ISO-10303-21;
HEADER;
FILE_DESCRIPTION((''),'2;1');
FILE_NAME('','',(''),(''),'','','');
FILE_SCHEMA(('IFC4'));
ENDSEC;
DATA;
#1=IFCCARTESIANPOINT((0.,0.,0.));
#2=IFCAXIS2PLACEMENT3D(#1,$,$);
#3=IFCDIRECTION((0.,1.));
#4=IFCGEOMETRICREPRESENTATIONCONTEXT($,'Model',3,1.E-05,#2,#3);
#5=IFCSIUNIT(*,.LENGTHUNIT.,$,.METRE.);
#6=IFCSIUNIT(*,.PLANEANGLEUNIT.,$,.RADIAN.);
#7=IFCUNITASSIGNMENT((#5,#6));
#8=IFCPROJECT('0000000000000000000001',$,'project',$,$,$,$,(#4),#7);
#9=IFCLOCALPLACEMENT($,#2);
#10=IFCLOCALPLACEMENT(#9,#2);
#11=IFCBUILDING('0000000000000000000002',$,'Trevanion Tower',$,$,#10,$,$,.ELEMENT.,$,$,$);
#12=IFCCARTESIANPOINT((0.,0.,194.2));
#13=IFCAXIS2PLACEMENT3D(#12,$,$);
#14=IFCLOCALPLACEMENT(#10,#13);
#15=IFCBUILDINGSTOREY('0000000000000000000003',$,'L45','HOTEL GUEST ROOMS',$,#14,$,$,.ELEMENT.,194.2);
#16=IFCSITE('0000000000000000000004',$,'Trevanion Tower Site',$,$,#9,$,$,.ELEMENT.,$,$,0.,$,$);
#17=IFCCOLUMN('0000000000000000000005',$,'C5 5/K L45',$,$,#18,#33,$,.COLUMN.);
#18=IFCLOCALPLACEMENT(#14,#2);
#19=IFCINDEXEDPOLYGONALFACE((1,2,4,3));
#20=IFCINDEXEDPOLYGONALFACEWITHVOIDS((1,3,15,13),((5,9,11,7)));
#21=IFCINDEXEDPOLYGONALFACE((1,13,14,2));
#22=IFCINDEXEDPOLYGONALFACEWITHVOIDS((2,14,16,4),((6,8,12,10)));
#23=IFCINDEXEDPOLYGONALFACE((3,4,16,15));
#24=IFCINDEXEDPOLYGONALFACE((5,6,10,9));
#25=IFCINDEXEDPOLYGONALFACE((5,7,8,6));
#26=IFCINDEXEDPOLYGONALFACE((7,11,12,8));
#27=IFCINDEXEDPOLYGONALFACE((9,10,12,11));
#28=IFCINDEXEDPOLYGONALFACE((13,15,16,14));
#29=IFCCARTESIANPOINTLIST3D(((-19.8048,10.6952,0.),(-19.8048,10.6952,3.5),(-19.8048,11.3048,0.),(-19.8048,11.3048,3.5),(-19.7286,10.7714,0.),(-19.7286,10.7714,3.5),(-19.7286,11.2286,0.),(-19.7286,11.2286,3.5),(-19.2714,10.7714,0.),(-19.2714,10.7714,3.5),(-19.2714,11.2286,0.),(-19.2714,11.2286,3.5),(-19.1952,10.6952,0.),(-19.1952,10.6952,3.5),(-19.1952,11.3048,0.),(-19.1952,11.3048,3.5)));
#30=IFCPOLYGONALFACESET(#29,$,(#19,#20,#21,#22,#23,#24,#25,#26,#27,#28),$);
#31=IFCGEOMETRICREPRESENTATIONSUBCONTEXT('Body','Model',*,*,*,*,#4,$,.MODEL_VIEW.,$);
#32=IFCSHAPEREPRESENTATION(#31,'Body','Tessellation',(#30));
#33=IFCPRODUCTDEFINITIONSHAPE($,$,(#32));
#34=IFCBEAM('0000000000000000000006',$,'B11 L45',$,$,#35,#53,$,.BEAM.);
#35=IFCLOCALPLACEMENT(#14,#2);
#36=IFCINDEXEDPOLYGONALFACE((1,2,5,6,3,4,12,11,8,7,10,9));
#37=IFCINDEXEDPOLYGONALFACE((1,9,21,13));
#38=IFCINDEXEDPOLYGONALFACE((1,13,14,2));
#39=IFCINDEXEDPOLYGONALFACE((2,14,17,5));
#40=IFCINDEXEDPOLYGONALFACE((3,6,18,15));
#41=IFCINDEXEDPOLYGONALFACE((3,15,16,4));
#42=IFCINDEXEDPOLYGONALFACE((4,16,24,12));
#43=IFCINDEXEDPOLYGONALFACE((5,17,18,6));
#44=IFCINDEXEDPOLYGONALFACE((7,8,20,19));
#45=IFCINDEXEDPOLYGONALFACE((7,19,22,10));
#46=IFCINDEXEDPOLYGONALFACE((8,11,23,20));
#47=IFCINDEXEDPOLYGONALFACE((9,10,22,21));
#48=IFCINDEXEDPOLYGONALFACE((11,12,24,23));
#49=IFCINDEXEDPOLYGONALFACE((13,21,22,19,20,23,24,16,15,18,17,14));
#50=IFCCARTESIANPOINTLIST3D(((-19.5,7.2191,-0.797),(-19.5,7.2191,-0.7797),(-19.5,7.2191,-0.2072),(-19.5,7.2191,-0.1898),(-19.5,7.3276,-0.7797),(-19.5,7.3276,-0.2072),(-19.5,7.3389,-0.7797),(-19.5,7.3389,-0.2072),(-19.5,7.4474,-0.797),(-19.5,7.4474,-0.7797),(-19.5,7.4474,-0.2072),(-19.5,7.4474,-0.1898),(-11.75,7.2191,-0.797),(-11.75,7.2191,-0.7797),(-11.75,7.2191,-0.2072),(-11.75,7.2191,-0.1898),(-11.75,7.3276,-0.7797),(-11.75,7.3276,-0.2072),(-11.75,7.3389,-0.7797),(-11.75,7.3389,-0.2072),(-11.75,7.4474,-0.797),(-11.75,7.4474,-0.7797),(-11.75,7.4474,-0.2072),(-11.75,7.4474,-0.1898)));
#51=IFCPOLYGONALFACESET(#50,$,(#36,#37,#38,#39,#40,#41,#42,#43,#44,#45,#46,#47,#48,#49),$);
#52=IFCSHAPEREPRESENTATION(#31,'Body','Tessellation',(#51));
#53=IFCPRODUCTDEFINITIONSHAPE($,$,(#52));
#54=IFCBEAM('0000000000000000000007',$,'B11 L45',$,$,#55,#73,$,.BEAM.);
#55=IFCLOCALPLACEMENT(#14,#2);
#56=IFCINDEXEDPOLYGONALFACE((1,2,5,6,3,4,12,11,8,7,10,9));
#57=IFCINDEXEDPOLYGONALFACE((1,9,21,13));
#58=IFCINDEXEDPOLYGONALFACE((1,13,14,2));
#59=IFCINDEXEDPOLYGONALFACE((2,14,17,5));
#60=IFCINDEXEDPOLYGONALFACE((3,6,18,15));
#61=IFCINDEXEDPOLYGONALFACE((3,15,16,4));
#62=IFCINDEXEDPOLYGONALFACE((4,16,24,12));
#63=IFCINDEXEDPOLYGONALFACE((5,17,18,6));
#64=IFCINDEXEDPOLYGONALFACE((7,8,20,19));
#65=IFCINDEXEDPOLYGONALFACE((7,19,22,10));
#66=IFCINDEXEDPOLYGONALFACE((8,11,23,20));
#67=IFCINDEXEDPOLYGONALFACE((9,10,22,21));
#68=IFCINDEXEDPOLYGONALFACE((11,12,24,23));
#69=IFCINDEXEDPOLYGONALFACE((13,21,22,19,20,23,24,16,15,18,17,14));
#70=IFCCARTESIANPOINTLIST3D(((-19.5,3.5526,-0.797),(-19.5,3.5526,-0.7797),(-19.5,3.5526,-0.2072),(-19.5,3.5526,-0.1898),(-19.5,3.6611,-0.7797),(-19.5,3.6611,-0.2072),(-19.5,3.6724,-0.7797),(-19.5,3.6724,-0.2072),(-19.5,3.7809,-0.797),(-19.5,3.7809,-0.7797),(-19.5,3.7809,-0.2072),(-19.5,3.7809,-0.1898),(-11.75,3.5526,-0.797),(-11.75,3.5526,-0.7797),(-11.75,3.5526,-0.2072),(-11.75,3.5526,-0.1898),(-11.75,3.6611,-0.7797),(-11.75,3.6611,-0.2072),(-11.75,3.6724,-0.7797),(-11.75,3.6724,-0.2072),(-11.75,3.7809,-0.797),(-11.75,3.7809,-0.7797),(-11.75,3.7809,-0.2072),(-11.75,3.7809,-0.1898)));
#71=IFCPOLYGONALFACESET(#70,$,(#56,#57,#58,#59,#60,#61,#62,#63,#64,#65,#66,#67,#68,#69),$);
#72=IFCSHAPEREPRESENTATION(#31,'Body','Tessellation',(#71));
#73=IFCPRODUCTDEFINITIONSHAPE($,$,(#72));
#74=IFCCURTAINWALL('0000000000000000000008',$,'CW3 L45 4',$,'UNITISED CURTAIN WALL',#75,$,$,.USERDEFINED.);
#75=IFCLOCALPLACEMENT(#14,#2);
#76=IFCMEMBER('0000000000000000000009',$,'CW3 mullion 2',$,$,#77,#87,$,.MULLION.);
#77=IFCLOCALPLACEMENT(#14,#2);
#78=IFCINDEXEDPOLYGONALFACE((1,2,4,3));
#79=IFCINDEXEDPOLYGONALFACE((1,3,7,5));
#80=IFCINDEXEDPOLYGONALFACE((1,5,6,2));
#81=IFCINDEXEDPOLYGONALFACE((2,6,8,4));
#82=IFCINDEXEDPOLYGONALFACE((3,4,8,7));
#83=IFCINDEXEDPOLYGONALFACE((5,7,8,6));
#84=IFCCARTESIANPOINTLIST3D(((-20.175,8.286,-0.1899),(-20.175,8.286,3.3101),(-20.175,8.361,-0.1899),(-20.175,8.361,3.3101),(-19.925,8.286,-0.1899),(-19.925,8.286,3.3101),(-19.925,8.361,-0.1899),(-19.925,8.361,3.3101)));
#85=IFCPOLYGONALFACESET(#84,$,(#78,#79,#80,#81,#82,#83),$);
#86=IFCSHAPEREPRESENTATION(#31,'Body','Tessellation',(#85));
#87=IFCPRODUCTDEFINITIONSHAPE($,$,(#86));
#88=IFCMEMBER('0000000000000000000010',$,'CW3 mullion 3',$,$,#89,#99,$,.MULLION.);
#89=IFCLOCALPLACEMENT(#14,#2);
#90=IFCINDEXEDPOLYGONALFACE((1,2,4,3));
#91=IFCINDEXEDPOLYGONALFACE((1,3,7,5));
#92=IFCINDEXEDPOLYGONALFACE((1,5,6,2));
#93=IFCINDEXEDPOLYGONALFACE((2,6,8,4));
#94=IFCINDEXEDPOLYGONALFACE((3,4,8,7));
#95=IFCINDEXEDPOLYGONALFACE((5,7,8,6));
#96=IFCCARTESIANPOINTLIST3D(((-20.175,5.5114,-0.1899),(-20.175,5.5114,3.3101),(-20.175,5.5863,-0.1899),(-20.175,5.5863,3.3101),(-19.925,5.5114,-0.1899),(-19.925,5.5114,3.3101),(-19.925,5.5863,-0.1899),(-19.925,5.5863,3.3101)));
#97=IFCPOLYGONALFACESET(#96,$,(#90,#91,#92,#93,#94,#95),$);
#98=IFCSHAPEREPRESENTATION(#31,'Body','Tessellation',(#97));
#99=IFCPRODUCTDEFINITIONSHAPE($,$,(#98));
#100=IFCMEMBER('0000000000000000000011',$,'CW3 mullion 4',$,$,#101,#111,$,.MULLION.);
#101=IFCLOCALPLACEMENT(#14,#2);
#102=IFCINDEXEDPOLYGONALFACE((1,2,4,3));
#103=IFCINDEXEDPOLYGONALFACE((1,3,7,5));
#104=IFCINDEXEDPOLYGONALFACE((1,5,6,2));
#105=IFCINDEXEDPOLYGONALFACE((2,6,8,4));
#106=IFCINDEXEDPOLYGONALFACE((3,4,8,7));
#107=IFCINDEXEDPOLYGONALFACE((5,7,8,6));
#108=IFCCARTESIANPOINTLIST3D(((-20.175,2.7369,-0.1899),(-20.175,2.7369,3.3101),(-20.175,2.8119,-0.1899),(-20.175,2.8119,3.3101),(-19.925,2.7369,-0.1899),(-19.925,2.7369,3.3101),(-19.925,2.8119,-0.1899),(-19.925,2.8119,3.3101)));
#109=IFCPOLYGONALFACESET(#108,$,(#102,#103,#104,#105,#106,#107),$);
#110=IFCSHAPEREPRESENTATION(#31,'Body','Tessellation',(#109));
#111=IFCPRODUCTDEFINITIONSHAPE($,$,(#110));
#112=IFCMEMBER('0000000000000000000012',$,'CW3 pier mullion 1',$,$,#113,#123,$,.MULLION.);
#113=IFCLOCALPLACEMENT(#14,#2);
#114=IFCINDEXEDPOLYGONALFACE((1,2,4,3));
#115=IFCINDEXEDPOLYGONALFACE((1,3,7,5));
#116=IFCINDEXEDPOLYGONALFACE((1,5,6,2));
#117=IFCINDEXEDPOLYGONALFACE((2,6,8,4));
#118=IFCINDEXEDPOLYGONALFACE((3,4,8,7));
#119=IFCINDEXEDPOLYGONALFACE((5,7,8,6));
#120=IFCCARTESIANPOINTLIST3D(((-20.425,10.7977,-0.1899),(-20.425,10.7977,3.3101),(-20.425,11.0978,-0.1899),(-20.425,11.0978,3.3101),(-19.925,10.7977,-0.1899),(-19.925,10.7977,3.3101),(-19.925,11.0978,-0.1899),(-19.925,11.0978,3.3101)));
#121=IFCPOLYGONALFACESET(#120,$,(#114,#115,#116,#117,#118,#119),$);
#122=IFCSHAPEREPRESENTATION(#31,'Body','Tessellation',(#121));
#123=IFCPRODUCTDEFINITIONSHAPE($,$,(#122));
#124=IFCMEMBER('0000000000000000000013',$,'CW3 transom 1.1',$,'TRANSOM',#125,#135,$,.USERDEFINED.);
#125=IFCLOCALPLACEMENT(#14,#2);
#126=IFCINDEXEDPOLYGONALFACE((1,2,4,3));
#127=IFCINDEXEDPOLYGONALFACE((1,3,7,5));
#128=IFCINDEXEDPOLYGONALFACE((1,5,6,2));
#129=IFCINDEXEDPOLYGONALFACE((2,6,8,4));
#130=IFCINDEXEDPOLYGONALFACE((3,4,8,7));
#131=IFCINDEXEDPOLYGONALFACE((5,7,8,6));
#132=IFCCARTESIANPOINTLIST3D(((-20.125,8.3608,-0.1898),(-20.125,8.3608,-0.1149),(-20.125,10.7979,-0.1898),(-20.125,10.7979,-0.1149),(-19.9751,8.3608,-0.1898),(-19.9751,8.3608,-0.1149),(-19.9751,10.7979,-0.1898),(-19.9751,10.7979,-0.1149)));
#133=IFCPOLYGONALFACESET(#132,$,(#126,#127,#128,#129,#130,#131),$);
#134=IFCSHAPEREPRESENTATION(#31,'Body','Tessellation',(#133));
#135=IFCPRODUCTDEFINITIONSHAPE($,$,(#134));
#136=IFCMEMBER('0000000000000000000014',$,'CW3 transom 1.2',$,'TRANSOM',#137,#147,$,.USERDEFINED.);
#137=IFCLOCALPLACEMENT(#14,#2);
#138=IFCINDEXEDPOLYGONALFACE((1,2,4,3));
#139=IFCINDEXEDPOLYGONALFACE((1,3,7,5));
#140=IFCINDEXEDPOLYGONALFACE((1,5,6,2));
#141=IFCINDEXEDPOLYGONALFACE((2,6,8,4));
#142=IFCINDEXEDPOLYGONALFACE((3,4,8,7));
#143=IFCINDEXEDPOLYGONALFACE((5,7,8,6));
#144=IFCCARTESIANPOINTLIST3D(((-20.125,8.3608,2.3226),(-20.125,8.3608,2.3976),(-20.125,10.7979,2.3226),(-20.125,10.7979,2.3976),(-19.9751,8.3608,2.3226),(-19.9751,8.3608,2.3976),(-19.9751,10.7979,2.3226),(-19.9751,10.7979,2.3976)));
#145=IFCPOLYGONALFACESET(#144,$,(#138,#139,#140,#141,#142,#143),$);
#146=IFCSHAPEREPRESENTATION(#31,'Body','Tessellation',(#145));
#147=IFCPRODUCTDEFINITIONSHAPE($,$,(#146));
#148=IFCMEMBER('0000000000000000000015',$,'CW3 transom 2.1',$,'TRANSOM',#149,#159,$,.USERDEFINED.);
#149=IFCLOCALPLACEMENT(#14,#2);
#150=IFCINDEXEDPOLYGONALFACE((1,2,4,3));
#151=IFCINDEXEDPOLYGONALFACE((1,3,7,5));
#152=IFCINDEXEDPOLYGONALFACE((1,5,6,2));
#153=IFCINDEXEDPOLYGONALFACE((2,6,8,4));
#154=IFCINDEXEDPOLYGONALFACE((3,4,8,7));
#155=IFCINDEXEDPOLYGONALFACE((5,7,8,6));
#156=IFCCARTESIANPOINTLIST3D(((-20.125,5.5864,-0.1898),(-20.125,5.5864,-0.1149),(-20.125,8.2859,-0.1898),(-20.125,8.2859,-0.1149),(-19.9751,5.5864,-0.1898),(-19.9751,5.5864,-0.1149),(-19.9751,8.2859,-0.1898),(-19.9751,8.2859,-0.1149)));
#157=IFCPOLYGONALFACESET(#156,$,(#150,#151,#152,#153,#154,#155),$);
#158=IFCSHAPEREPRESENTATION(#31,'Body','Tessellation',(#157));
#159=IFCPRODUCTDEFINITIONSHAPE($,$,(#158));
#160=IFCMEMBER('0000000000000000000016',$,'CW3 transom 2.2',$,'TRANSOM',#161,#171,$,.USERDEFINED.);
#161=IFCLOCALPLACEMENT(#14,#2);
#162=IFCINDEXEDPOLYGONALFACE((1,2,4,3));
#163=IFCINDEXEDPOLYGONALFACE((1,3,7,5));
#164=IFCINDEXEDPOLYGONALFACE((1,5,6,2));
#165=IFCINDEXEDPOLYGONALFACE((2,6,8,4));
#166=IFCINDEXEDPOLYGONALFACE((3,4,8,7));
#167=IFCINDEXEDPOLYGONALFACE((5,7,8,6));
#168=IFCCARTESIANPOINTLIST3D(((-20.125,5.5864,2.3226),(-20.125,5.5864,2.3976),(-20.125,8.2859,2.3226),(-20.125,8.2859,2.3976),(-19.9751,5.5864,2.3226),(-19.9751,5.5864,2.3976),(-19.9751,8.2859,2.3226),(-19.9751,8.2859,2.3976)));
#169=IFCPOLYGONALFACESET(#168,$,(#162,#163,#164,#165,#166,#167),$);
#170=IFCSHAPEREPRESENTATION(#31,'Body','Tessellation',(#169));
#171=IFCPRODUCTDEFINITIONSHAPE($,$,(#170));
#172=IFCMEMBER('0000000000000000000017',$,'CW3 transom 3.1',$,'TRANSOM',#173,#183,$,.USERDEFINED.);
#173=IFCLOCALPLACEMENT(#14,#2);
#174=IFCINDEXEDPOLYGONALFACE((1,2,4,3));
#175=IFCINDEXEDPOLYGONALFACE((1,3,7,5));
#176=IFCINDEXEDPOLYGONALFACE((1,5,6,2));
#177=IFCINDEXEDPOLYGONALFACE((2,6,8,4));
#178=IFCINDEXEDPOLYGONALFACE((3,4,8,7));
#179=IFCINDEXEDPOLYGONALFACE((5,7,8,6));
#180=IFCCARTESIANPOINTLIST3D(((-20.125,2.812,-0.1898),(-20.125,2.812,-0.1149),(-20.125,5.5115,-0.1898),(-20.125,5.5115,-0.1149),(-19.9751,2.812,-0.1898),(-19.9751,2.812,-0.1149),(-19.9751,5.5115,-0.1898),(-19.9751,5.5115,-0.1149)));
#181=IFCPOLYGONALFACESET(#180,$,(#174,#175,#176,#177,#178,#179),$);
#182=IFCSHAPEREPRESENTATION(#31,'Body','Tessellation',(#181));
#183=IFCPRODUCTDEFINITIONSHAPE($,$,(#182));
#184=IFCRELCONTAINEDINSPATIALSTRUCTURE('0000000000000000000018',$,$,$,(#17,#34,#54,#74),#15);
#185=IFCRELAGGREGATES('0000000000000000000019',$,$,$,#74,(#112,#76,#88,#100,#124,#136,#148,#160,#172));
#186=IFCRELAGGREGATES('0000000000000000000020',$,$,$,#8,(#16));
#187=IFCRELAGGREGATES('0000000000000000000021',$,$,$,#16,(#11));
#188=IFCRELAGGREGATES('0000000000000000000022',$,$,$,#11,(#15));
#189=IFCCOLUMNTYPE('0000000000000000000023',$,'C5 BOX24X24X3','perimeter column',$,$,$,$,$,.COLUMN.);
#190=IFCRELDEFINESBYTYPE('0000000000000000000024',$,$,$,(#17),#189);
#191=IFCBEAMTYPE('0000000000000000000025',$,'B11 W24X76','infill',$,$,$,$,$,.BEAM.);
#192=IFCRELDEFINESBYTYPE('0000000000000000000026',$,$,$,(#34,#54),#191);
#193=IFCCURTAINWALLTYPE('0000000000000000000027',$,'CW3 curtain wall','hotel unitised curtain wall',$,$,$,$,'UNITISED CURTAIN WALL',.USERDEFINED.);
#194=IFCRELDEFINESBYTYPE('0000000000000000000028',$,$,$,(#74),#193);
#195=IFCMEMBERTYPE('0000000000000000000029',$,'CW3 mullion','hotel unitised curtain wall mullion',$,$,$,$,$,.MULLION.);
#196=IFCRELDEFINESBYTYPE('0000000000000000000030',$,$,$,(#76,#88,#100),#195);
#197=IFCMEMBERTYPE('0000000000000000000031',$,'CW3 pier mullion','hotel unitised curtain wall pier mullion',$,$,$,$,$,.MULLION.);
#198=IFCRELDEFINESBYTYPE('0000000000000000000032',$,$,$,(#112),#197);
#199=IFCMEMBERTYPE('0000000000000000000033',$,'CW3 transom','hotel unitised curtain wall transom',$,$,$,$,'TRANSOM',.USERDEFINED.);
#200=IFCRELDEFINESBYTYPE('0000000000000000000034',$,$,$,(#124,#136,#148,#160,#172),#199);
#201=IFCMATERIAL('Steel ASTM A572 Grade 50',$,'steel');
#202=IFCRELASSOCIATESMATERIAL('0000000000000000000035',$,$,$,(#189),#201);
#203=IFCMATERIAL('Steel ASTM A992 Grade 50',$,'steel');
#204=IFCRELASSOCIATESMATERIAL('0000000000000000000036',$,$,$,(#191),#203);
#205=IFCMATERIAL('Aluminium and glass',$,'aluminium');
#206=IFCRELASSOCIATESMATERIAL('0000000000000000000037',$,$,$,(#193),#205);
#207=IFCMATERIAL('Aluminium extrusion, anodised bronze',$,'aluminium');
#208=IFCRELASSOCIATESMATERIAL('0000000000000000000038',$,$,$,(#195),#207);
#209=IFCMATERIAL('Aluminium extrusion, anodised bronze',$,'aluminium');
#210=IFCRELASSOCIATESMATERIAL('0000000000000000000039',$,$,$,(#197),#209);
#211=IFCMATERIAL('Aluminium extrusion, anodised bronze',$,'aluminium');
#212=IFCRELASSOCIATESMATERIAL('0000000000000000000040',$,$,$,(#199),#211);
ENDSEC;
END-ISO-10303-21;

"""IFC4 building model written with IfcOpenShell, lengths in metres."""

from ifc_helpers import new_model, si_unit, direction, frame, origin, origin_2d, place, context, subcontext, project, spatial, rectangle, hollow_rectangle, i_section, extrude, material, material_profile, profile_set, type_object, element, aggregate, save


model = new_model("IFC4")

# Units and contexts
model_context = context("Model", 3, precision=1e-05, world=origin(), true_north=direction((0.0, 1.0)))
body_context = subcontext(model_context, "Body", "Model", "MODEL_VIEW")
ifc_project = project(units=[si_unit("LENGTHUNIT", "METRE"), si_unit("PLANEANGLEUNIT", "RADIAN")], contexts=[model_context])

# Site, building, storey
site_placement = place(None, origin())
site = spatial("IfcSite", under=ifc_project, at=site_placement, Name="Trevanion Tower Site", CompositionType="ELEMENT", RefElevation=0.0)
building_placement = place(site_placement, origin())
building = spatial("IfcBuilding", under=site, at=building_placement, Name="Trevanion Tower", CompositionType="ELEMENT")
storey_placement = place(building_placement, frame((0.0, 0.0, 194.2)))
storey = spatial("IfcBuildingStorey", under=building, at=storey_placement, Name="L45", Description="HOTEL GUEST ROOMS", CompositionType="ELEMENT", Elevation=194.2)

# Column
ifc_material_1 = material(Name="Steel ASTM A572 Grade 50", Category="steel")
ifc_material_profile_1 = material_profile(ifc_material_1, hollow_rectangle(XDim=0.6096, YDim=0.6096, WallThickness=0.0762, at=origin_2d()), Name="BOX24X24X3")
ifc_profile_set_1 = profile_set([ifc_material_profile_1], Name="Steel ASTM A572 Grade 50")
column_type = type_object("IfcColumnType", Name="C5 BOX24X24X3", Description="perimeter column", PredefinedType="COLUMN", material=ifc_profile_set_1)
column_placement = place(storey_placement, frame((-19.5, 11.0, 0.0), z_axis=(0.0, 0.0, 1.0), x_axis=(0.0, 1.0, 0.0)))
element("IfcColumn", 1, at=column_placement, inside=storey, type_object=column_type, Name="C5 5/K L45", PredefinedType="COLUMN", context=body_context, shape_type="SweptSolid", body=[
    extrude(hollow_rectangle(XDim=0.6096, YDim=0.6096, WallThickness=0.0762, at=origin_2d()), origin(), (0.0, 0.0, 1.0), 3.5),
])

# Beams
ifc_material_2 = material(Name="Steel ASTM A992 Grade 50", Category="steel")
ifc_material_profile_2 = material_profile(ifc_material_2, i_section(OverallWidth=0.2283, OverallDepth=0.6072, WebThickness=0.0112, FlangeThickness=0.0173, at=origin_2d()), Name="W24X76")
ifc_profile_set_2 = profile_set([ifc_material_profile_2], Name="Steel ASTM A992 Grade 50")
beam_type_1 = type_object("IfcBeamType", Name="B11 W24X76", Description="infill", PredefinedType="BEAM", material=ifc_profile_set_2)
for number, where, z_axis, x_axis, name in (
    (2, (-11.75, 7.3333, -0.4934), (-1.0, 0.0, 0.0), (0.0, -1.0, 0.0), "B11 L45"),
    (3, (-11.75, 3.6667, -0.4934), (-1.0, 0.0, 0.0), (0.0, -1.0, 0.0), "B11 L45"),
):
    element("IfcBeam", number, at=place(storey_placement, frame(where, z_axis=z_axis, x_axis=x_axis)), inside=storey, type_object=beam_type_1, Name=name, PredefinedType="BEAM", context=body_context, shape_type="SweptSolid", body=[
        extrude(i_section(OverallWidth=0.2283, OverallDepth=0.6072, WebThickness=0.0112, FlangeThickness=0.0173, at=origin_2d()), origin(), (0.0, 0.0, 1.0), 7.75),
    ])

# Curtain wall, members
ifc_material_3 = material(Name="Aluminium and glass", Category="aluminium")
curtain_wall_type = type_object("IfcCurtainWallType", Name="CW3 curtain wall", Description="hotel unitised curtain wall", ElementType="UNITISED CURTAIN WALL", PredefinedType="USERDEFINED", material=ifc_material_3)
curtain_wall_placement = place(storey_placement, origin())
curtain_wall = element("IfcCurtainWall", 4, at=curtain_wall_placement, inside=storey, type_object=curtain_wall_type, Name="CW3 L45 4", ObjectType="UNITISED CURTAIN WALL", PredefinedType="USERDEFINED")
ifc_material_4 = material(Name="Aluminium extrusion, anodised bronze", Category="aluminium")
ifc_material_profile_3 = material_profile(ifc_material_4, rectangle(XDim=0.075, YDim=0.25, at=origin_2d()), Name="CW3 mullion")
ifc_profile_set_3 = profile_set([ifc_material_profile_3], Name="Aluminium extrusion, anodised bronze")
member_type_1 = type_object("IfcMemberType", Name="CW3 mullion", Description="hotel unitised curtain wall mullion", PredefinedType="MULLION", material=ifc_profile_set_3)
member_1_placement = place(storey_placement, frame((-20.05, 8.3235, -0.1899), z_axis=(0.0, 0.0, 1.0), x_axis=(0.0, -1.0, 0.0)))
member_1 = element("IfcMember", 5, at=member_1_placement, type_object=member_type_1, Name="CW3 mullion 2", PredefinedType="MULLION", context=body_context, shape_type="SweptSolid", body=[
    extrude(rectangle(XDim=0.075, YDim=0.25, at=origin_2d()), origin(), (0.0, 0.0, 1.0), 3.5),
])
member_2_placement = place(storey_placement, frame((-20.05, 5.5488, -0.1899), z_axis=(0.0, 0.0, 1.0), x_axis=(0.0, -1.0, 0.0)))
member_2 = element("IfcMember", 6, at=member_2_placement, type_object=member_type_1, Name="CW3 mullion 3", PredefinedType="MULLION", context=body_context, shape_type="SweptSolid", body=[
    extrude(rectangle(XDim=0.075, YDim=0.25, at=origin_2d()), origin(), (0.0, 0.0, 1.0), 3.5),
])
member_3_placement = place(storey_placement, frame((-20.05, 2.7744, -0.1899), z_axis=(0.0, 0.0, 1.0), x_axis=(0.0, -1.0, 0.0)))
member_3 = element("IfcMember", 7, at=member_3_placement, type_object=member_type_1, Name="CW3 mullion 4", PredefinedType="MULLION", context=body_context, shape_type="SweptSolid", body=[
    extrude(rectangle(XDim=0.075, YDim=0.25, at=origin_2d()), origin(), (0.0, 0.0, 1.0), 3.5),
])
ifc_material_5 = material(Name="Aluminium extrusion, anodised bronze", Category="aluminium")
ifc_material_profile_4 = material_profile(ifc_material_5, rectangle(XDim=0.3, YDim=0.5, at=origin_2d()), Name="CW3 pier mullion")
ifc_profile_set_4 = profile_set([ifc_material_profile_4], Name="Aluminium extrusion, anodised bronze")
member_type_2 = type_object("IfcMemberType", Name="CW3 pier mullion", Description="hotel unitised curtain wall pier mullion", PredefinedType="MULLION", material=ifc_profile_set_4)
member_4_placement = place(storey_placement, frame((-20.175, 10.9478, -0.1899), z_axis=(0.0, 0.0, 1.0), x_axis=(0.0, -1.0, 0.0)))
member_4 = element("IfcMember", 8, at=member_4_placement, type_object=member_type_2, Name="CW3 pier mullion 1", PredefinedType="MULLION", context=body_context, shape_type="SweptSolid", body=[
    extrude(rectangle(XDim=0.3, YDim=0.5, at=origin_2d()), origin(), (0.0, 0.0, 1.0), 3.5),
])
ifc_material_6 = material(Name="Aluminium extrusion, anodised bronze", Category="aluminium")
ifc_material_profile_5 = material_profile(ifc_material_6, rectangle(XDim=0.1499, YDim=0.075, at=origin_2d()), Name="CW3 transom")
ifc_profile_set_5 = profile_set([ifc_material_profile_5], Name="Aluminium extrusion, anodised bronze")
member_type_3 = type_object("IfcMemberType", Name="CW3 transom", Description="hotel unitised curtain wall transom", ElementType="TRANSOM", PredefinedType="USERDEFINED", material=ifc_profile_set_5)
member_5_placement = place(storey_placement, frame((-20.05, 10.7979, -0.1523), z_axis=(0.0, -1.0, 0.0), x_axis=(1.0, 0.0, 0.0)))
member_5 = element("IfcMember", 9, at=member_5_placement, type_object=member_type_3, Name="CW3 transom 1.1", ObjectType="TRANSOM", PredefinedType="USERDEFINED", context=body_context, shape_type="SweptSolid", body=[
    extrude(rectangle(XDim=0.1499, YDim=0.075, at=origin_2d()), origin(), (0.0, 0.0, 1.0), 2.437),
])
member_6_placement = place(storey_placement, frame((-20.05, 10.7979, 2.3601), z_axis=(0.0, -1.0, 0.0), x_axis=(1.0, 0.0, 0.0)))
member_6 = element("IfcMember", 10, at=member_6_placement, type_object=member_type_3, Name="CW3 transom 1.2", ObjectType="TRANSOM", PredefinedType="USERDEFINED", context=body_context, shape_type="SweptSolid", body=[
    extrude(rectangle(XDim=0.1499, YDim=0.075, at=origin_2d()), origin(), (0.0, 0.0, 1.0), 2.437),
])
member_7_placement = place(storey_placement, frame((-20.05, 8.2859, -0.1523), z_axis=(0.0, -1.0, 0.0), x_axis=(1.0, 0.0, 0.0)))
member_7 = element("IfcMember", 11, at=member_7_placement, type_object=member_type_3, Name="CW3 transom 2.1", ObjectType="TRANSOM", PredefinedType="USERDEFINED", context=body_context, shape_type="SweptSolid", body=[
    extrude(rectangle(XDim=0.1499, YDim=0.075, at=origin_2d()), origin(), (0.0, 0.0, 1.0), 2.6995),
])
member_8_placement = place(storey_placement, frame((-20.05, 8.2859, 2.3601), z_axis=(0.0, -1.0, 0.0), x_axis=(1.0, 0.0, 0.0)))
member_8 = element("IfcMember", 12, at=member_8_placement, type_object=member_type_3, Name="CW3 transom 2.2", ObjectType="TRANSOM", PredefinedType="USERDEFINED", context=body_context, shape_type="SweptSolid", body=[
    extrude(rectangle(XDim=0.1499, YDim=0.075, at=origin_2d()), origin(), (0.0, 0.0, 1.0), 2.6995),
])
member_9_placement = place(storey_placement, frame((-20.05, 5.5115, -0.1523), z_axis=(0.0, -1.0, 0.0), x_axis=(1.0, 0.0, 0.0)))
member_9 = element("IfcMember", 13, at=member_9_placement, type_object=member_type_3, Name="CW3 transom 3.1", ObjectType="TRANSOM", PredefinedType="USERDEFINED", context=body_context, shape_type="SweptSolid", body=[
    extrude(rectangle(XDim=0.1499, YDim=0.075, at=origin_2d()), origin(), (0.0, 0.0, 1.0), 2.6995),
])

aggregate(curtain_wall, [member_4, member_1, member_2, member_3, member_5, member_6, member_7, member_8, member_9])

save(model, "model.ifc")
